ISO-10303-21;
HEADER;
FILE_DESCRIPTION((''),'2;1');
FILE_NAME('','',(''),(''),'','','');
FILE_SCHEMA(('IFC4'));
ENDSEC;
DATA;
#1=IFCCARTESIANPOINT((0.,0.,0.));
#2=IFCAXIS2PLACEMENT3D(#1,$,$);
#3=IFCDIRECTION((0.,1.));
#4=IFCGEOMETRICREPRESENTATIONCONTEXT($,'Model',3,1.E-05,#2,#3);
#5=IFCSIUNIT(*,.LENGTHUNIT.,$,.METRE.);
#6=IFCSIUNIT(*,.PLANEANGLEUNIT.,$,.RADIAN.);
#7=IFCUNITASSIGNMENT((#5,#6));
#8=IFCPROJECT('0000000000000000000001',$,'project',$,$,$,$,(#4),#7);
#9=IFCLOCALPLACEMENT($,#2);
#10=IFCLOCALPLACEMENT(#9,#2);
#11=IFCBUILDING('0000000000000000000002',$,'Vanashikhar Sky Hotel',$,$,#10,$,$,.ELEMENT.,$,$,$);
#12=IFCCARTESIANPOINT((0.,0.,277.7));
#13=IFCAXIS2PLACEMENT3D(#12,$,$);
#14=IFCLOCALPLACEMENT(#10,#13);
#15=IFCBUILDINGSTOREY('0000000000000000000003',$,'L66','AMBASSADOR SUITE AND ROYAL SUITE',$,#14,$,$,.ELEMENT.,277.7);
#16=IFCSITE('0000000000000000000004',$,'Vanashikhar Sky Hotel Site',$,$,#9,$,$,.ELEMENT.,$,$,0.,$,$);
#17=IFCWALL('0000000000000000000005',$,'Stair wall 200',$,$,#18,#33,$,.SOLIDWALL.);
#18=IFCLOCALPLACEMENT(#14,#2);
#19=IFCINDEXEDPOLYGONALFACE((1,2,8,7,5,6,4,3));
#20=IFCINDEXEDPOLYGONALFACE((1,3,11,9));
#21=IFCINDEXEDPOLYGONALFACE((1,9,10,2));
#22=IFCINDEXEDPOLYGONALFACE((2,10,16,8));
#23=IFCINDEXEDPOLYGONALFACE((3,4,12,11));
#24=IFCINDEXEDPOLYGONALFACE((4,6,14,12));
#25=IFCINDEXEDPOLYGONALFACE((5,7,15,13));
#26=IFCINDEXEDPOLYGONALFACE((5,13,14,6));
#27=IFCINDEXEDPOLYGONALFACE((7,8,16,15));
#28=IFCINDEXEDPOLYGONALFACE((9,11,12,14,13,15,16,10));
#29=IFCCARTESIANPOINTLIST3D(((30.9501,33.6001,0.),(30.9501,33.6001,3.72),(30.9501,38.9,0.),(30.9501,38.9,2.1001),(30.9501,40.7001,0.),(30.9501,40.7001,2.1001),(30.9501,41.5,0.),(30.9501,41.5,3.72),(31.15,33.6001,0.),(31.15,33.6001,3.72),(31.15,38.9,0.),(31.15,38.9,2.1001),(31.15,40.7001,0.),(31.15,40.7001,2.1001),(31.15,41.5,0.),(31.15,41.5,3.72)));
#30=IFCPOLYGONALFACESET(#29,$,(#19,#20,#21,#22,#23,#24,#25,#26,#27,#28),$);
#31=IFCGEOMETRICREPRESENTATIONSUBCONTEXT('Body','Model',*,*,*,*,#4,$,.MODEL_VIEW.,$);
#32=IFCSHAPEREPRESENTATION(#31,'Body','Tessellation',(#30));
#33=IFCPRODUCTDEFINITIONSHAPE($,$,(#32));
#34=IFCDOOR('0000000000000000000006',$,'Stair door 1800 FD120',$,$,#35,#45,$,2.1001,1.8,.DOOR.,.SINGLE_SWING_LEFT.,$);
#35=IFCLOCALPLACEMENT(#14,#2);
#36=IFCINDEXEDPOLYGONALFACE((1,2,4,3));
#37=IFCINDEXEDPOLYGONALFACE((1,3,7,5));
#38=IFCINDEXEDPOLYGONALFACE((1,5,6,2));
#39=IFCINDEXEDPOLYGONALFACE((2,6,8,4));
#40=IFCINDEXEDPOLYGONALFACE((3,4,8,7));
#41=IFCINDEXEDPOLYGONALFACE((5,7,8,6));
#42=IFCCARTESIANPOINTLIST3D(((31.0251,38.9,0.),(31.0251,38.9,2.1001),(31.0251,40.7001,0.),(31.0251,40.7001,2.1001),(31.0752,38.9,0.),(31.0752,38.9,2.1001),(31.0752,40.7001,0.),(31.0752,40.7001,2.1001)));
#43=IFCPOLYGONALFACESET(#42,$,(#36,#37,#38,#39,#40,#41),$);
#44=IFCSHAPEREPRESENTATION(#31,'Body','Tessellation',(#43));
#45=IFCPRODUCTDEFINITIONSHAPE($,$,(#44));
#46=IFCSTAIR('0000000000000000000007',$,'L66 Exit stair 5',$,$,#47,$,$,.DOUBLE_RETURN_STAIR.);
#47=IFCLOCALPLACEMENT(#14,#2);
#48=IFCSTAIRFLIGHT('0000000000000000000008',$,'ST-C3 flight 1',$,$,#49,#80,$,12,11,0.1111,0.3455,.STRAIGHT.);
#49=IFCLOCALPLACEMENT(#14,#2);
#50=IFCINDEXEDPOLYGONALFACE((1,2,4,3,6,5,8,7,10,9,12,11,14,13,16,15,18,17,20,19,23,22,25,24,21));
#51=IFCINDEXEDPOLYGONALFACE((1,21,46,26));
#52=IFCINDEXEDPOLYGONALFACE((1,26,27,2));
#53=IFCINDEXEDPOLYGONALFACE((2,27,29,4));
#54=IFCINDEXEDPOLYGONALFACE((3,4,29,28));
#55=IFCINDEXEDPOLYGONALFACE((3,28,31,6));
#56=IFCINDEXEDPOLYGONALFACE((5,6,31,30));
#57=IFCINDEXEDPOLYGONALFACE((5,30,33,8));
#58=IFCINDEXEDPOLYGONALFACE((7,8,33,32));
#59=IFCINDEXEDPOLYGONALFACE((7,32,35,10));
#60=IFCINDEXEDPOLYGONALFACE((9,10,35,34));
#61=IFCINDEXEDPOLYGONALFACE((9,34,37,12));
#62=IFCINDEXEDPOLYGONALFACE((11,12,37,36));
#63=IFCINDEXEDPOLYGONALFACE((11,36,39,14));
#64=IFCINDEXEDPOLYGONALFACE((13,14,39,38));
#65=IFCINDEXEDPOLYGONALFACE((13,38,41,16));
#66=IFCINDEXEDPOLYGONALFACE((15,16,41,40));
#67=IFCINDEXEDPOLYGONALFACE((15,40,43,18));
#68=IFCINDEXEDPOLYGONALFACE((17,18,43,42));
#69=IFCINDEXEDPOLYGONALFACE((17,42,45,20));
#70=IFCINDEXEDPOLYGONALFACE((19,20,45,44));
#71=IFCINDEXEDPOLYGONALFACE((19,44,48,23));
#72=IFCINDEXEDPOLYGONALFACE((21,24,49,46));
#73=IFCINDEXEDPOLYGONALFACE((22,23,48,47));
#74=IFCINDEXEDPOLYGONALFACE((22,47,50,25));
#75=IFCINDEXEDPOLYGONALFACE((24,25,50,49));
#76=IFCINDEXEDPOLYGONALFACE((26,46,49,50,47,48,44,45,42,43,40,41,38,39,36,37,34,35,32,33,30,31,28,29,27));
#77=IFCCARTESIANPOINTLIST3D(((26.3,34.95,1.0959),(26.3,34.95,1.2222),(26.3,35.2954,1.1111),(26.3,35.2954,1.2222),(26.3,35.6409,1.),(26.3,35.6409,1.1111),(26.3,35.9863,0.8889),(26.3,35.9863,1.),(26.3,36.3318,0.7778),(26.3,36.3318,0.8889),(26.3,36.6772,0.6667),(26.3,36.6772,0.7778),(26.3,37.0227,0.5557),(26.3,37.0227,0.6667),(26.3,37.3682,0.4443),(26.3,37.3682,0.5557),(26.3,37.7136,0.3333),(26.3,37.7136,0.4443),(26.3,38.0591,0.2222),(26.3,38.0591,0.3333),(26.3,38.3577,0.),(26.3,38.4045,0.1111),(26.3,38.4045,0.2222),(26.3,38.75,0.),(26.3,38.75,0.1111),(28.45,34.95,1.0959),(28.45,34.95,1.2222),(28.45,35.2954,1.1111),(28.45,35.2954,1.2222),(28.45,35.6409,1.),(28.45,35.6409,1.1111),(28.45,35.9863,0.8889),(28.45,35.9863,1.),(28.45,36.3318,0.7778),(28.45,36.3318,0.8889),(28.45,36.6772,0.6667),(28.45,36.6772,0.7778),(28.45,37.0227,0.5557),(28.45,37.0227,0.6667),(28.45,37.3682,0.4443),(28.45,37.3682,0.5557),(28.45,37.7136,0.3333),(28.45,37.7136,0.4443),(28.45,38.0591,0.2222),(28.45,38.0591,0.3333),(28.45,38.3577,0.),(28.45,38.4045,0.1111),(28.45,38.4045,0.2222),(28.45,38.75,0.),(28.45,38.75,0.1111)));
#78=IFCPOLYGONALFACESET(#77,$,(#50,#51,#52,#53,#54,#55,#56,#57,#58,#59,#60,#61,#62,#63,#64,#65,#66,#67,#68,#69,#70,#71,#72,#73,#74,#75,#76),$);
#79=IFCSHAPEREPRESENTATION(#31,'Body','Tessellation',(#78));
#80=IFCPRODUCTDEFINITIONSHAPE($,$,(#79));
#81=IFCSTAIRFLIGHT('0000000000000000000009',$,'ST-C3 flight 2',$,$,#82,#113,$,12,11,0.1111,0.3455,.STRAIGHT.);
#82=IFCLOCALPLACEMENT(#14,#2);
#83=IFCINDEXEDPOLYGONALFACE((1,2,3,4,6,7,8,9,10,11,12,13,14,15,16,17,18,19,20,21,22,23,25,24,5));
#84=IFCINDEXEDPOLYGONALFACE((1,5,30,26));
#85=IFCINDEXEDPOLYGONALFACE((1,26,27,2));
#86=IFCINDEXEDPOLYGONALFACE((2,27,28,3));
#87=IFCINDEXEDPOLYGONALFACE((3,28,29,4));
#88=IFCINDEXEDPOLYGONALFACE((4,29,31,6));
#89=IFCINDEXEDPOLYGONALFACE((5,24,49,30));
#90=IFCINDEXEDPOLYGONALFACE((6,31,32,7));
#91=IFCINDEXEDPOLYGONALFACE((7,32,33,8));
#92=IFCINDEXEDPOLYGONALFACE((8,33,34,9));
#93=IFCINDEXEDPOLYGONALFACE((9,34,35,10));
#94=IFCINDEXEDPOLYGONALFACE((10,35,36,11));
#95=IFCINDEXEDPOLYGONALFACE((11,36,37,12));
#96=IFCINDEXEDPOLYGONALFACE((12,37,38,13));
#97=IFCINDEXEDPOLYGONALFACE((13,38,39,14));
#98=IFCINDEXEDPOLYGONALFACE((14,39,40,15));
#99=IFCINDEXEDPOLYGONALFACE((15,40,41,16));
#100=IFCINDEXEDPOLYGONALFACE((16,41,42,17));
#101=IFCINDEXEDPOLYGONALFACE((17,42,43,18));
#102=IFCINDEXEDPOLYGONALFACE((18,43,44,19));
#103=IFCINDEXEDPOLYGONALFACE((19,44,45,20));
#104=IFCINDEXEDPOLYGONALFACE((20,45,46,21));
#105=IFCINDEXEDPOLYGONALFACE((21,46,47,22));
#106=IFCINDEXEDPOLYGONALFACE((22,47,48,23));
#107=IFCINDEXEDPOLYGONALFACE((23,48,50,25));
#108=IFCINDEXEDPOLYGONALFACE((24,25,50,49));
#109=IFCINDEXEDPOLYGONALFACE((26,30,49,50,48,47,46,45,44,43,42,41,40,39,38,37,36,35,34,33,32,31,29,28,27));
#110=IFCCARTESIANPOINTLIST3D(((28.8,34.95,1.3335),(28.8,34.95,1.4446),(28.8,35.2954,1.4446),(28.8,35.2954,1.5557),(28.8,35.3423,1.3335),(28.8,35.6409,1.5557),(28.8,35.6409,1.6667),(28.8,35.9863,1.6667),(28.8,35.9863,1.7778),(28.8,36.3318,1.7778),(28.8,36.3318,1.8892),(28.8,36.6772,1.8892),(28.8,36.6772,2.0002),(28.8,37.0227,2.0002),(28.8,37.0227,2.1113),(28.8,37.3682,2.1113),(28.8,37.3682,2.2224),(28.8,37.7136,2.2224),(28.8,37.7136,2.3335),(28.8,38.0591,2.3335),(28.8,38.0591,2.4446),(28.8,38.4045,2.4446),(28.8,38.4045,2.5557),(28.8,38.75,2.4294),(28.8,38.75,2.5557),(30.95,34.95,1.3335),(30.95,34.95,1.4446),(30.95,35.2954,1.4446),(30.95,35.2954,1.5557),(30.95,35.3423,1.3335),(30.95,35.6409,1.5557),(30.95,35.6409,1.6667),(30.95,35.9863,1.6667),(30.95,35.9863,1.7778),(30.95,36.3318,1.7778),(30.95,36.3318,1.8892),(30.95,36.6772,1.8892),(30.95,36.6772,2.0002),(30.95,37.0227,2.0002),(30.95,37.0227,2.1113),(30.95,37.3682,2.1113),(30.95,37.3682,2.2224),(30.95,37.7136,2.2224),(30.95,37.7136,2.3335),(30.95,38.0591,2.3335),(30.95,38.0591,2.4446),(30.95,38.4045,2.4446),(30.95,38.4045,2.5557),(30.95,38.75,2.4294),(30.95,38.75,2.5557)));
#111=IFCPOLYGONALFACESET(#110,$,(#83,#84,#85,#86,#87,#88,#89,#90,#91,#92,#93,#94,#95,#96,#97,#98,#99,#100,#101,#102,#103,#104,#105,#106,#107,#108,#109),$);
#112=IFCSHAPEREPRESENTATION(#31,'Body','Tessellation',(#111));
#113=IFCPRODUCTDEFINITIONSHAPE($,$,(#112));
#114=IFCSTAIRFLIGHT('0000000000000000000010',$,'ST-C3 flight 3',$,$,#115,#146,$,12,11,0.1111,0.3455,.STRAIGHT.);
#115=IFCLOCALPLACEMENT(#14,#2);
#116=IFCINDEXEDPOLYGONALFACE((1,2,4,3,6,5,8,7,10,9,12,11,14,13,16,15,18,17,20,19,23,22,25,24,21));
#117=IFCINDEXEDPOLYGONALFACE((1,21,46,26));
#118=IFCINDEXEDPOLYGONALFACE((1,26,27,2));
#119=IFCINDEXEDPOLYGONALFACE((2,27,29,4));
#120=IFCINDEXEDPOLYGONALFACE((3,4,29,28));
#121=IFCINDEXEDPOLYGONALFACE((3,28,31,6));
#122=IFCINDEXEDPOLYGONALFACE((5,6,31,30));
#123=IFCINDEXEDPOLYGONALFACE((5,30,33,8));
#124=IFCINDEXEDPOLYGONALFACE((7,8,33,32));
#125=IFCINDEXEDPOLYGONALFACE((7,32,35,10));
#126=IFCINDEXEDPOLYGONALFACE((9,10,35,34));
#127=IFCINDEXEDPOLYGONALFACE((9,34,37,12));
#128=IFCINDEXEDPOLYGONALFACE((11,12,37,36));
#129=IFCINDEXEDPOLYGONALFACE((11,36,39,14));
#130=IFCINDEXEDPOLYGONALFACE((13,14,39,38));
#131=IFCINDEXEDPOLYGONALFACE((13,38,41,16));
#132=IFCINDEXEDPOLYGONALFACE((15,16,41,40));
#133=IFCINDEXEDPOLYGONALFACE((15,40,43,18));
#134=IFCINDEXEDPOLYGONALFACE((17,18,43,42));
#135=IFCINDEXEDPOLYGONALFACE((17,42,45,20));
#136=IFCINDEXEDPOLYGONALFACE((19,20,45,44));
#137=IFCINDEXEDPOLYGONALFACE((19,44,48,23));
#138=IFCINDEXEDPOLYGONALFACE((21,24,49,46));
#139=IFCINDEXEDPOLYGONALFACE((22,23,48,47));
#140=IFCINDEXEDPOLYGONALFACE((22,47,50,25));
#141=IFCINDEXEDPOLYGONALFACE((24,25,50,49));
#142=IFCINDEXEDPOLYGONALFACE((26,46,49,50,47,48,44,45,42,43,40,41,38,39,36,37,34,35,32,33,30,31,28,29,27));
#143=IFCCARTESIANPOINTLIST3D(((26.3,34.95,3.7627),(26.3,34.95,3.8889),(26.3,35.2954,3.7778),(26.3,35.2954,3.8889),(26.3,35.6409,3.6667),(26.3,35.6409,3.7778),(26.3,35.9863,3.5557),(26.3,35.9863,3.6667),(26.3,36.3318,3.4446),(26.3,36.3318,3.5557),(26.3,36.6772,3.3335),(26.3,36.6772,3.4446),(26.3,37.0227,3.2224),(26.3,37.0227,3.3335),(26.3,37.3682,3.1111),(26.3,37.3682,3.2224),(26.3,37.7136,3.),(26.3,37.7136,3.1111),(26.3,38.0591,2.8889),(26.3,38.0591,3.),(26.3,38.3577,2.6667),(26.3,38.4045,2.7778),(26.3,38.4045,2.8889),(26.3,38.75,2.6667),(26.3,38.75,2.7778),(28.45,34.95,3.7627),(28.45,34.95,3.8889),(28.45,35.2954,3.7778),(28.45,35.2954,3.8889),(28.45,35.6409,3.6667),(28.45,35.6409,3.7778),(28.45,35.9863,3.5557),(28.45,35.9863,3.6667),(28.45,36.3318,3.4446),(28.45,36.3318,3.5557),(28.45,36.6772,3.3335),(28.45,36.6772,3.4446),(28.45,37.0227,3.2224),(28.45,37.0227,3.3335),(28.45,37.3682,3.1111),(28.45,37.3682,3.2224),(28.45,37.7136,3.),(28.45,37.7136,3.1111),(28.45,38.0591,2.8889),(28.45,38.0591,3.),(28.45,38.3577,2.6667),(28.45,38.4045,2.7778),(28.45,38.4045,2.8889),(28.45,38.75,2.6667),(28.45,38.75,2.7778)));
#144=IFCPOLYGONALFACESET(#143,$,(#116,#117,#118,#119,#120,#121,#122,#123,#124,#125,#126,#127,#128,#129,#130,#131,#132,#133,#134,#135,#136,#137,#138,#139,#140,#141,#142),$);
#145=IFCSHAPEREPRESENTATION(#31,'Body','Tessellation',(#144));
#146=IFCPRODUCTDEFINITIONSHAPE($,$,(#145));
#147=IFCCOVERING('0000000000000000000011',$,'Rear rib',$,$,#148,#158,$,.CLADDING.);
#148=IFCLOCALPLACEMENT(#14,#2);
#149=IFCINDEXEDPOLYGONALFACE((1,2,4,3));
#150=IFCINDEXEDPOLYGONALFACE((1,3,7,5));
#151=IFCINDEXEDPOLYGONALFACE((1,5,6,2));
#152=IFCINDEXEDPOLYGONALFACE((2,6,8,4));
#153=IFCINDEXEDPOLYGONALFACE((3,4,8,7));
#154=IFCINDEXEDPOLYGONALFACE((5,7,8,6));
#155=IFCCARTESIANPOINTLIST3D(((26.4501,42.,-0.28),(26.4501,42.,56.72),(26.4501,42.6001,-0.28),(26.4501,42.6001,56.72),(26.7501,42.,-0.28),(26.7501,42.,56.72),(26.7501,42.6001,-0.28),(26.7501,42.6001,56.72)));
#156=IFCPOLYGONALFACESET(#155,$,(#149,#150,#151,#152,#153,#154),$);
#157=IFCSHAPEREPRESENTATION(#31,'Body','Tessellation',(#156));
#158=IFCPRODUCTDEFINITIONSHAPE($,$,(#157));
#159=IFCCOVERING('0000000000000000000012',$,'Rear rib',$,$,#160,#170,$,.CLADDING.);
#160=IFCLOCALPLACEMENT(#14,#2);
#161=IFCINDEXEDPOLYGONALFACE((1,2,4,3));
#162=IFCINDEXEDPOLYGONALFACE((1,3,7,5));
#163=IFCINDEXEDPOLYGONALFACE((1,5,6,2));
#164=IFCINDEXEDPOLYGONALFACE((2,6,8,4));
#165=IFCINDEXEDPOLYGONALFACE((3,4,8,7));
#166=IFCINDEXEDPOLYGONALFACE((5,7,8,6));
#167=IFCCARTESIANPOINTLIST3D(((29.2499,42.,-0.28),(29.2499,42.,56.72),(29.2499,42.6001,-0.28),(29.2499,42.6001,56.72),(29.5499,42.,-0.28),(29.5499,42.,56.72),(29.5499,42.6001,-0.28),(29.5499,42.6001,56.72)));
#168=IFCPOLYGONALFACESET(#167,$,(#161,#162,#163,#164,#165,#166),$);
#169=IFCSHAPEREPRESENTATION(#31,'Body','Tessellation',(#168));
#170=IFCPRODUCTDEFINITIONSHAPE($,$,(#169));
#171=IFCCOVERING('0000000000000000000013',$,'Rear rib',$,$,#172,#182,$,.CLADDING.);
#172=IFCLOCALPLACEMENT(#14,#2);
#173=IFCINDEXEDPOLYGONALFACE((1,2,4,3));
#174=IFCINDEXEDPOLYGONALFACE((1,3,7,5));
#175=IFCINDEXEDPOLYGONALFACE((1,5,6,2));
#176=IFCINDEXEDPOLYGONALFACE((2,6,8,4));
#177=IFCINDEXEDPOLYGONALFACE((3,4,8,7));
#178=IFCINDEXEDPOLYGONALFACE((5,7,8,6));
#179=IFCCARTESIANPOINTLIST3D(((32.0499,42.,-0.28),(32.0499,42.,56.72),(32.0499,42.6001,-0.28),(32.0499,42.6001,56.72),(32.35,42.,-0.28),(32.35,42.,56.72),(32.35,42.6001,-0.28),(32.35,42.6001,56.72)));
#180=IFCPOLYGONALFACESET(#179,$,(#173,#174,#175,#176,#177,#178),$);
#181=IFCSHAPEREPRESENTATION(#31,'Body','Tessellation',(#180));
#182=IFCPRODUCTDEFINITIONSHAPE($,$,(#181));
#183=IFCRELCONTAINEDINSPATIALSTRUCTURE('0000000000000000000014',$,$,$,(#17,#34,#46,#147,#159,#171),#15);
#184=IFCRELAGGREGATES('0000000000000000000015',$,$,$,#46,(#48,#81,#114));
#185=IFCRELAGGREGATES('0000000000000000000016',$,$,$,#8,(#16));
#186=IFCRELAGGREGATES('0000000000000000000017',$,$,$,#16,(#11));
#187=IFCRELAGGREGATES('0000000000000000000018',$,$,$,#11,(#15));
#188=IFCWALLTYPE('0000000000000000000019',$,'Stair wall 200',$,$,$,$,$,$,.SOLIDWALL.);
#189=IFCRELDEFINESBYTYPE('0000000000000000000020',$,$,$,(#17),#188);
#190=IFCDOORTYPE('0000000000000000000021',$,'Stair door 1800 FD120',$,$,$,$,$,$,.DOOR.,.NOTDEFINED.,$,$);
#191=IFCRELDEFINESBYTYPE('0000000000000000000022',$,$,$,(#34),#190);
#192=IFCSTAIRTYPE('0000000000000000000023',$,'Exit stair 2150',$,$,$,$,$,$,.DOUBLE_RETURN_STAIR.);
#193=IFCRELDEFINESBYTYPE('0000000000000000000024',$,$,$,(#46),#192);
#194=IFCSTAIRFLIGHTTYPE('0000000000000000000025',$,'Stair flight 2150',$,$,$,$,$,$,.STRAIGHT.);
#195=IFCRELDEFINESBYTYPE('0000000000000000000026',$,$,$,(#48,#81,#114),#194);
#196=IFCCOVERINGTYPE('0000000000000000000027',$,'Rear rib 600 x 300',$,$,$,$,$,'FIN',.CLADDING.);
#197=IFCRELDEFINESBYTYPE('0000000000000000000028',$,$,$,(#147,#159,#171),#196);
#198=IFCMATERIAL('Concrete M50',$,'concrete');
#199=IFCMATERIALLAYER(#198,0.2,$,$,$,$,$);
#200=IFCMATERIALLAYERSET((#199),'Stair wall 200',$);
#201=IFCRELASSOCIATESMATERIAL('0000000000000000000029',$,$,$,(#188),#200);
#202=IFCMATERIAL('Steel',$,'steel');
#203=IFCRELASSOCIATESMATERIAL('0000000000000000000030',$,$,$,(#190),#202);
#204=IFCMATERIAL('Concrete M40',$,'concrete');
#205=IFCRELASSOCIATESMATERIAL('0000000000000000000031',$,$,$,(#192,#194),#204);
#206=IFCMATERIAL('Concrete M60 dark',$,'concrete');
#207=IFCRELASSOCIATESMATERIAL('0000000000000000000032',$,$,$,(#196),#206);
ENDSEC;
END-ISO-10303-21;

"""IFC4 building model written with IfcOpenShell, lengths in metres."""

from ifc_helpers import new_model, si_unit, direction, frame, frame_2d, origin, origin_2d, place, context, subcontext, project, spatial, polyline, rectangle, outline, extrude, source, transform, mapped, material, layer, layer_set, material_profile, profile_set, type_object, element, fill, aggregate, save


model = new_model("IFC4")

# Units and contexts
model_context = context("Model", 3, precision=1e-05, world=origin(), true_north=direction((0.0, 1.0)))
body_context = subcontext(model_context, "Body", "Model", "MODEL_VIEW")
ifc_project = project(units=[si_unit("LENGTHUNIT", "METRE"), si_unit("PLANEANGLEUNIT", "RADIAN")], contexts=[model_context])

# Site, building, storey
site_placement = place(None, origin())
site = spatial("IfcSite", under=ifc_project, at=site_placement, Name="Vanashikhar Sky Hotel Site", CompositionType="ELEMENT", RefElevation=0.0)
building_placement = place(site_placement, origin())
building = spatial("IfcBuilding", under=site, at=building_placement, Name="Vanashikhar Sky Hotel", CompositionType="ELEMENT")
storey_placement = place(building_placement, frame((0.0, 0.0, 277.7)))
storey = spatial("IfcBuildingStorey", under=building, at=storey_placement, Name="L66", Description="AMBASSADOR SUITE AND ROYAL SUITE", CompositionType="ELEMENT", Elevation=277.7)

# Shared definitions
ifc_material_1 = material(Name="Steel", Category="steel")

# Shared definitions
ifc_material_2 = material(Name="Concrete M40", Category="concrete")

# Wall, opening, door
ifc_material_3 = material(Name="Concrete M50", Category="concrete")
ifc_layer_1 = layer(ifc_material_3, 0.2)
ifc_layer_set_1 = layer_set([ifc_layer_1], Name="Stair wall 200")
wall_type_1 = type_object("IfcWallType", Name="Stair wall 200", PredefinedType="SOLIDWALL", material=ifc_layer_set_1)
shared_shape_1 = source(origin(), body_context, "Body", "SweptSolid", [
    extrude(rectangle(XDim=7.8999, YDim=0.2, at=frame_2d((3.95, 0.0))), origin(), (0.0, 0.0, 1.0), 3.72),
])
wall_1_placement = place(storey_placement, frame((31.05, 33.6001, 0.0), z_axis=(0.0, 0.0, 1.0), x_axis=(0.0, 1.0, 0.0)))
wall_1 = element("IfcWall", 1, at=wall_1_placement, inside=storey, type_object=wall_type_1, Name="Stair wall 200", PredefinedType="SOLIDWALL", context=body_context, shape_type="MappedRepresentation", body=[
    mapped(shared_shape_1, transform((0.0, 0.0, 0.0), scale=1.0)),
])
shared_shape_2 = source(origin(), body_context, "Body", "SweptSolid", [
    extrude(rectangle(XDim=1.8, YDim=2.1001, at=frame_2d((0.8999, 1.05))), frame((0.0, 0.1099, 0.0), z_axis=(0.0, -1.0, 0.0), x_axis=(1.0, 0.0, 0.0)), (0.0, 0.0, 1.0), 0.22),
])
opening_1_placement = place(wall_1_placement, frame((5.3, 0.0, 0.0)))
opening_1 = element("IfcOpeningElement", 2, at=opening_1_placement, cuts=wall_1, PredefinedType="OPENING", context=body_context, shape_type="MappedRepresentation", body=[
    mapped(shared_shape_2, transform((0.0, 0.0, 0.0), scale=1.0)),
])
door_type_1 = type_object("IfcDoorType", Name="Stair door 1800 FD120", OperationType="NOTDEFINED", PredefinedType="DOOR", material=ifc_material_1)
shared_shape_3 = source(origin(), body_context, "Body", "SweptSolid", [
    extrude(rectangle(XDim=1.8, YDim=2.1001, at=frame_2d((0.8999, 1.05))), frame((0.0, 0.0249, 0.0), z_axis=(0.0, -1.0, 0.0), x_axis=(1.0, 0.0, 0.0)), (0.0, 0.0, 1.0), 0.05),
])
door_1_placement = place(opening_1_placement, origin())
door_1 = element("IfcDoor", 3, at=door_1_placement, inside=storey, type_object=door_type_1, Name="Stair door 1800 FD120", OperationType="SINGLE_SWING_LEFT", OverallHeight=2.1001, OverallWidth=1.8, PredefinedType="DOOR", context=body_context, shape_type="MappedRepresentation", body=[
    mapped(shared_shape_3, transform((0.0, 0.0, 0.0), scale=1.0)),
])
fill(opening_1, door_1)

# Stair, stair flights
stair_type = type_object("IfcStairType", Name="Exit stair 2150", PredefinedType="DOUBLE_RETURN_STAIR", material=ifc_material_2)
stair_placement = place(storey_placement, origin())
stair = element("IfcStair", 4, at=stair_placement, inside=storey, type_object=stair_type, Name="L66 Exit stair 5", PredefinedType="DOUBLE_RETURN_STAIR")
stair_flight_type = type_object("IfcStairFlightType", Name="Stair flight 2150", PredefinedType="STRAIGHT", material=ifc_material_2)
shared_shape_4 = source(origin(), body_context, "Body", "SweptSolid", [
    extrude(outline(polyline([(0.0, 0.0), (0.0, 0.1111), (0.3455, 0.1111), (0.3455, 0.2222), (0.6909, 0.2222), (0.6909, 0.3333), (1.0364, 0.3333), (1.0364, 0.4443), (1.3818, 0.4443), (1.3818, 0.5557), (1.7273, 0.5557), (1.7273, 0.6667), (2.0728, 0.6667), (2.0728, 0.7778), (2.4182, 0.7778), (2.4182, 0.8889), (2.7637, 0.8889), (2.7637, 1.0), (3.1091, 1.0), (3.1091, 1.1111), (3.4546, 1.1111), (3.4546, 1.2222), (3.8, 1.2222), (3.8, 1.3333), (3.8, 1.0959), (0.3923, 0.0), (0.0, 0.0)])), frame((0.0, 1.075, 0.0), z_axis=(0.0, -1.0, 0.0), x_axis=(1.0, 0.0, 0.0)), (0.0, 0.0, 1.0), 2.1499),
])
stair_flight_1_placement = place(storey_placement, frame((27.375, 38.75, 0.0), z_axis=(0.0, 0.0, 1.0), x_axis=(0.0, -1.0, 0.0)))
stair_flight_1 = element("IfcStairFlight", 5, at=stair_flight_1_placement, type_object=stair_flight_type, Name="ST-C3 flight 1", NumberOfRisers=12, NumberOfTreads=11, PredefinedType="STRAIGHT", RiserHeight=0.1111, TreadLength=0.3455, context=body_context, shape_type="MappedRepresentation", body=[
    mapped(shared_shape_4, transform((0.0, 0.0, 0.0), scale=1.0)),
])
stair_flight_2_placement = place(storey_placement, frame((29.875, 34.95, 1.3335), z_axis=(0.0, 0.0, 1.0), x_axis=(0.0, 1.0, 0.0)))
stair_flight_2 = element("IfcStairFlight", 6, at=stair_flight_2_placement, type_object=stair_flight_type, Name="ST-C3 flight 2", NumberOfRisers=12, NumberOfTreads=11, PredefinedType="STRAIGHT", RiserHeight=0.1111, TreadLength=0.3455, context=body_context, shape_type="MappedRepresentation", body=[
    mapped(shared_shape_4, transform((0.0, 0.0, 0.0), scale=1.0)),
])
stair_flight_3_placement = place(storey_placement, frame((27.375, 38.75, 2.6667), z_axis=(0.0, 0.0, 1.0), x_axis=(0.0, -1.0, 0.0)))
stair_flight_3 = element("IfcStairFlight", 7, at=stair_flight_3_placement, type_object=stair_flight_type, Name="ST-C3 flight 3", NumberOfRisers=12, NumberOfTreads=11, PredefinedType="STRAIGHT", RiserHeight=0.1111, TreadLength=0.3455, context=body_context, shape_type="MappedRepresentation", body=[
    mapped(shared_shape_4, transform((0.0, 0.0, 0.0), scale=1.0)),
])
aggregate(stair, [stair_flight_1, stair_flight_2, stair_flight_3])

# Coverings
ifc_material_4 = material(Name="Concrete M60 dark", Category="concrete")
ifc_material_profile = material_profile(ifc_material_4, rectangle(XDim=0.6001, YDim=0.3, at=origin_2d()))
ifc_profile_set = profile_set([ifc_material_profile], Name="Rear rib 600 x 300")
covering_type = type_object("IfcCoveringType", Name="Rear rib 600 x 300", ElementType="FIN", PredefinedType="CLADDING", material=ifc_profile_set)
shared_shape_5 = source(origin(), body_context, "Body", "SweptSolid", [
    extrude(rectangle(XDim=0.6001, YDim=0.3, at=origin_2d()), origin(), (0.0, 0.0, 1.0), 57.0),
])
for number, where, z_axis, x_axis, name in (
    (8, (26.6001, 42.3, -0.28), (0.0, 0.0, 1.0), (0.0, 1.0, 0.0), "Rear rib"),
    (9, (29.3999, 42.3, -0.28), (0.0, 0.0, 1.0), (0.0, 1.0, 0.0), "Rear rib"),
    (10, (32.2, 42.3, -0.28), (0.0, 0.0, 1.0), (0.0, 1.0, 0.0), "Rear rib"),
):
    element("IfcCovering", number, at=place(storey_placement, frame(where, z_axis=z_axis, x_axis=x_axis)), inside=storey, type_object=covering_type, Name=name, PredefinedType="CLADDING", context=body_context, shape_type="MappedRepresentation", body=[
        mapped(shared_shape_5, transform((0.0, 0.0, 0.0), scale=1.0)),
    ])

save(model, "model.ifc")
